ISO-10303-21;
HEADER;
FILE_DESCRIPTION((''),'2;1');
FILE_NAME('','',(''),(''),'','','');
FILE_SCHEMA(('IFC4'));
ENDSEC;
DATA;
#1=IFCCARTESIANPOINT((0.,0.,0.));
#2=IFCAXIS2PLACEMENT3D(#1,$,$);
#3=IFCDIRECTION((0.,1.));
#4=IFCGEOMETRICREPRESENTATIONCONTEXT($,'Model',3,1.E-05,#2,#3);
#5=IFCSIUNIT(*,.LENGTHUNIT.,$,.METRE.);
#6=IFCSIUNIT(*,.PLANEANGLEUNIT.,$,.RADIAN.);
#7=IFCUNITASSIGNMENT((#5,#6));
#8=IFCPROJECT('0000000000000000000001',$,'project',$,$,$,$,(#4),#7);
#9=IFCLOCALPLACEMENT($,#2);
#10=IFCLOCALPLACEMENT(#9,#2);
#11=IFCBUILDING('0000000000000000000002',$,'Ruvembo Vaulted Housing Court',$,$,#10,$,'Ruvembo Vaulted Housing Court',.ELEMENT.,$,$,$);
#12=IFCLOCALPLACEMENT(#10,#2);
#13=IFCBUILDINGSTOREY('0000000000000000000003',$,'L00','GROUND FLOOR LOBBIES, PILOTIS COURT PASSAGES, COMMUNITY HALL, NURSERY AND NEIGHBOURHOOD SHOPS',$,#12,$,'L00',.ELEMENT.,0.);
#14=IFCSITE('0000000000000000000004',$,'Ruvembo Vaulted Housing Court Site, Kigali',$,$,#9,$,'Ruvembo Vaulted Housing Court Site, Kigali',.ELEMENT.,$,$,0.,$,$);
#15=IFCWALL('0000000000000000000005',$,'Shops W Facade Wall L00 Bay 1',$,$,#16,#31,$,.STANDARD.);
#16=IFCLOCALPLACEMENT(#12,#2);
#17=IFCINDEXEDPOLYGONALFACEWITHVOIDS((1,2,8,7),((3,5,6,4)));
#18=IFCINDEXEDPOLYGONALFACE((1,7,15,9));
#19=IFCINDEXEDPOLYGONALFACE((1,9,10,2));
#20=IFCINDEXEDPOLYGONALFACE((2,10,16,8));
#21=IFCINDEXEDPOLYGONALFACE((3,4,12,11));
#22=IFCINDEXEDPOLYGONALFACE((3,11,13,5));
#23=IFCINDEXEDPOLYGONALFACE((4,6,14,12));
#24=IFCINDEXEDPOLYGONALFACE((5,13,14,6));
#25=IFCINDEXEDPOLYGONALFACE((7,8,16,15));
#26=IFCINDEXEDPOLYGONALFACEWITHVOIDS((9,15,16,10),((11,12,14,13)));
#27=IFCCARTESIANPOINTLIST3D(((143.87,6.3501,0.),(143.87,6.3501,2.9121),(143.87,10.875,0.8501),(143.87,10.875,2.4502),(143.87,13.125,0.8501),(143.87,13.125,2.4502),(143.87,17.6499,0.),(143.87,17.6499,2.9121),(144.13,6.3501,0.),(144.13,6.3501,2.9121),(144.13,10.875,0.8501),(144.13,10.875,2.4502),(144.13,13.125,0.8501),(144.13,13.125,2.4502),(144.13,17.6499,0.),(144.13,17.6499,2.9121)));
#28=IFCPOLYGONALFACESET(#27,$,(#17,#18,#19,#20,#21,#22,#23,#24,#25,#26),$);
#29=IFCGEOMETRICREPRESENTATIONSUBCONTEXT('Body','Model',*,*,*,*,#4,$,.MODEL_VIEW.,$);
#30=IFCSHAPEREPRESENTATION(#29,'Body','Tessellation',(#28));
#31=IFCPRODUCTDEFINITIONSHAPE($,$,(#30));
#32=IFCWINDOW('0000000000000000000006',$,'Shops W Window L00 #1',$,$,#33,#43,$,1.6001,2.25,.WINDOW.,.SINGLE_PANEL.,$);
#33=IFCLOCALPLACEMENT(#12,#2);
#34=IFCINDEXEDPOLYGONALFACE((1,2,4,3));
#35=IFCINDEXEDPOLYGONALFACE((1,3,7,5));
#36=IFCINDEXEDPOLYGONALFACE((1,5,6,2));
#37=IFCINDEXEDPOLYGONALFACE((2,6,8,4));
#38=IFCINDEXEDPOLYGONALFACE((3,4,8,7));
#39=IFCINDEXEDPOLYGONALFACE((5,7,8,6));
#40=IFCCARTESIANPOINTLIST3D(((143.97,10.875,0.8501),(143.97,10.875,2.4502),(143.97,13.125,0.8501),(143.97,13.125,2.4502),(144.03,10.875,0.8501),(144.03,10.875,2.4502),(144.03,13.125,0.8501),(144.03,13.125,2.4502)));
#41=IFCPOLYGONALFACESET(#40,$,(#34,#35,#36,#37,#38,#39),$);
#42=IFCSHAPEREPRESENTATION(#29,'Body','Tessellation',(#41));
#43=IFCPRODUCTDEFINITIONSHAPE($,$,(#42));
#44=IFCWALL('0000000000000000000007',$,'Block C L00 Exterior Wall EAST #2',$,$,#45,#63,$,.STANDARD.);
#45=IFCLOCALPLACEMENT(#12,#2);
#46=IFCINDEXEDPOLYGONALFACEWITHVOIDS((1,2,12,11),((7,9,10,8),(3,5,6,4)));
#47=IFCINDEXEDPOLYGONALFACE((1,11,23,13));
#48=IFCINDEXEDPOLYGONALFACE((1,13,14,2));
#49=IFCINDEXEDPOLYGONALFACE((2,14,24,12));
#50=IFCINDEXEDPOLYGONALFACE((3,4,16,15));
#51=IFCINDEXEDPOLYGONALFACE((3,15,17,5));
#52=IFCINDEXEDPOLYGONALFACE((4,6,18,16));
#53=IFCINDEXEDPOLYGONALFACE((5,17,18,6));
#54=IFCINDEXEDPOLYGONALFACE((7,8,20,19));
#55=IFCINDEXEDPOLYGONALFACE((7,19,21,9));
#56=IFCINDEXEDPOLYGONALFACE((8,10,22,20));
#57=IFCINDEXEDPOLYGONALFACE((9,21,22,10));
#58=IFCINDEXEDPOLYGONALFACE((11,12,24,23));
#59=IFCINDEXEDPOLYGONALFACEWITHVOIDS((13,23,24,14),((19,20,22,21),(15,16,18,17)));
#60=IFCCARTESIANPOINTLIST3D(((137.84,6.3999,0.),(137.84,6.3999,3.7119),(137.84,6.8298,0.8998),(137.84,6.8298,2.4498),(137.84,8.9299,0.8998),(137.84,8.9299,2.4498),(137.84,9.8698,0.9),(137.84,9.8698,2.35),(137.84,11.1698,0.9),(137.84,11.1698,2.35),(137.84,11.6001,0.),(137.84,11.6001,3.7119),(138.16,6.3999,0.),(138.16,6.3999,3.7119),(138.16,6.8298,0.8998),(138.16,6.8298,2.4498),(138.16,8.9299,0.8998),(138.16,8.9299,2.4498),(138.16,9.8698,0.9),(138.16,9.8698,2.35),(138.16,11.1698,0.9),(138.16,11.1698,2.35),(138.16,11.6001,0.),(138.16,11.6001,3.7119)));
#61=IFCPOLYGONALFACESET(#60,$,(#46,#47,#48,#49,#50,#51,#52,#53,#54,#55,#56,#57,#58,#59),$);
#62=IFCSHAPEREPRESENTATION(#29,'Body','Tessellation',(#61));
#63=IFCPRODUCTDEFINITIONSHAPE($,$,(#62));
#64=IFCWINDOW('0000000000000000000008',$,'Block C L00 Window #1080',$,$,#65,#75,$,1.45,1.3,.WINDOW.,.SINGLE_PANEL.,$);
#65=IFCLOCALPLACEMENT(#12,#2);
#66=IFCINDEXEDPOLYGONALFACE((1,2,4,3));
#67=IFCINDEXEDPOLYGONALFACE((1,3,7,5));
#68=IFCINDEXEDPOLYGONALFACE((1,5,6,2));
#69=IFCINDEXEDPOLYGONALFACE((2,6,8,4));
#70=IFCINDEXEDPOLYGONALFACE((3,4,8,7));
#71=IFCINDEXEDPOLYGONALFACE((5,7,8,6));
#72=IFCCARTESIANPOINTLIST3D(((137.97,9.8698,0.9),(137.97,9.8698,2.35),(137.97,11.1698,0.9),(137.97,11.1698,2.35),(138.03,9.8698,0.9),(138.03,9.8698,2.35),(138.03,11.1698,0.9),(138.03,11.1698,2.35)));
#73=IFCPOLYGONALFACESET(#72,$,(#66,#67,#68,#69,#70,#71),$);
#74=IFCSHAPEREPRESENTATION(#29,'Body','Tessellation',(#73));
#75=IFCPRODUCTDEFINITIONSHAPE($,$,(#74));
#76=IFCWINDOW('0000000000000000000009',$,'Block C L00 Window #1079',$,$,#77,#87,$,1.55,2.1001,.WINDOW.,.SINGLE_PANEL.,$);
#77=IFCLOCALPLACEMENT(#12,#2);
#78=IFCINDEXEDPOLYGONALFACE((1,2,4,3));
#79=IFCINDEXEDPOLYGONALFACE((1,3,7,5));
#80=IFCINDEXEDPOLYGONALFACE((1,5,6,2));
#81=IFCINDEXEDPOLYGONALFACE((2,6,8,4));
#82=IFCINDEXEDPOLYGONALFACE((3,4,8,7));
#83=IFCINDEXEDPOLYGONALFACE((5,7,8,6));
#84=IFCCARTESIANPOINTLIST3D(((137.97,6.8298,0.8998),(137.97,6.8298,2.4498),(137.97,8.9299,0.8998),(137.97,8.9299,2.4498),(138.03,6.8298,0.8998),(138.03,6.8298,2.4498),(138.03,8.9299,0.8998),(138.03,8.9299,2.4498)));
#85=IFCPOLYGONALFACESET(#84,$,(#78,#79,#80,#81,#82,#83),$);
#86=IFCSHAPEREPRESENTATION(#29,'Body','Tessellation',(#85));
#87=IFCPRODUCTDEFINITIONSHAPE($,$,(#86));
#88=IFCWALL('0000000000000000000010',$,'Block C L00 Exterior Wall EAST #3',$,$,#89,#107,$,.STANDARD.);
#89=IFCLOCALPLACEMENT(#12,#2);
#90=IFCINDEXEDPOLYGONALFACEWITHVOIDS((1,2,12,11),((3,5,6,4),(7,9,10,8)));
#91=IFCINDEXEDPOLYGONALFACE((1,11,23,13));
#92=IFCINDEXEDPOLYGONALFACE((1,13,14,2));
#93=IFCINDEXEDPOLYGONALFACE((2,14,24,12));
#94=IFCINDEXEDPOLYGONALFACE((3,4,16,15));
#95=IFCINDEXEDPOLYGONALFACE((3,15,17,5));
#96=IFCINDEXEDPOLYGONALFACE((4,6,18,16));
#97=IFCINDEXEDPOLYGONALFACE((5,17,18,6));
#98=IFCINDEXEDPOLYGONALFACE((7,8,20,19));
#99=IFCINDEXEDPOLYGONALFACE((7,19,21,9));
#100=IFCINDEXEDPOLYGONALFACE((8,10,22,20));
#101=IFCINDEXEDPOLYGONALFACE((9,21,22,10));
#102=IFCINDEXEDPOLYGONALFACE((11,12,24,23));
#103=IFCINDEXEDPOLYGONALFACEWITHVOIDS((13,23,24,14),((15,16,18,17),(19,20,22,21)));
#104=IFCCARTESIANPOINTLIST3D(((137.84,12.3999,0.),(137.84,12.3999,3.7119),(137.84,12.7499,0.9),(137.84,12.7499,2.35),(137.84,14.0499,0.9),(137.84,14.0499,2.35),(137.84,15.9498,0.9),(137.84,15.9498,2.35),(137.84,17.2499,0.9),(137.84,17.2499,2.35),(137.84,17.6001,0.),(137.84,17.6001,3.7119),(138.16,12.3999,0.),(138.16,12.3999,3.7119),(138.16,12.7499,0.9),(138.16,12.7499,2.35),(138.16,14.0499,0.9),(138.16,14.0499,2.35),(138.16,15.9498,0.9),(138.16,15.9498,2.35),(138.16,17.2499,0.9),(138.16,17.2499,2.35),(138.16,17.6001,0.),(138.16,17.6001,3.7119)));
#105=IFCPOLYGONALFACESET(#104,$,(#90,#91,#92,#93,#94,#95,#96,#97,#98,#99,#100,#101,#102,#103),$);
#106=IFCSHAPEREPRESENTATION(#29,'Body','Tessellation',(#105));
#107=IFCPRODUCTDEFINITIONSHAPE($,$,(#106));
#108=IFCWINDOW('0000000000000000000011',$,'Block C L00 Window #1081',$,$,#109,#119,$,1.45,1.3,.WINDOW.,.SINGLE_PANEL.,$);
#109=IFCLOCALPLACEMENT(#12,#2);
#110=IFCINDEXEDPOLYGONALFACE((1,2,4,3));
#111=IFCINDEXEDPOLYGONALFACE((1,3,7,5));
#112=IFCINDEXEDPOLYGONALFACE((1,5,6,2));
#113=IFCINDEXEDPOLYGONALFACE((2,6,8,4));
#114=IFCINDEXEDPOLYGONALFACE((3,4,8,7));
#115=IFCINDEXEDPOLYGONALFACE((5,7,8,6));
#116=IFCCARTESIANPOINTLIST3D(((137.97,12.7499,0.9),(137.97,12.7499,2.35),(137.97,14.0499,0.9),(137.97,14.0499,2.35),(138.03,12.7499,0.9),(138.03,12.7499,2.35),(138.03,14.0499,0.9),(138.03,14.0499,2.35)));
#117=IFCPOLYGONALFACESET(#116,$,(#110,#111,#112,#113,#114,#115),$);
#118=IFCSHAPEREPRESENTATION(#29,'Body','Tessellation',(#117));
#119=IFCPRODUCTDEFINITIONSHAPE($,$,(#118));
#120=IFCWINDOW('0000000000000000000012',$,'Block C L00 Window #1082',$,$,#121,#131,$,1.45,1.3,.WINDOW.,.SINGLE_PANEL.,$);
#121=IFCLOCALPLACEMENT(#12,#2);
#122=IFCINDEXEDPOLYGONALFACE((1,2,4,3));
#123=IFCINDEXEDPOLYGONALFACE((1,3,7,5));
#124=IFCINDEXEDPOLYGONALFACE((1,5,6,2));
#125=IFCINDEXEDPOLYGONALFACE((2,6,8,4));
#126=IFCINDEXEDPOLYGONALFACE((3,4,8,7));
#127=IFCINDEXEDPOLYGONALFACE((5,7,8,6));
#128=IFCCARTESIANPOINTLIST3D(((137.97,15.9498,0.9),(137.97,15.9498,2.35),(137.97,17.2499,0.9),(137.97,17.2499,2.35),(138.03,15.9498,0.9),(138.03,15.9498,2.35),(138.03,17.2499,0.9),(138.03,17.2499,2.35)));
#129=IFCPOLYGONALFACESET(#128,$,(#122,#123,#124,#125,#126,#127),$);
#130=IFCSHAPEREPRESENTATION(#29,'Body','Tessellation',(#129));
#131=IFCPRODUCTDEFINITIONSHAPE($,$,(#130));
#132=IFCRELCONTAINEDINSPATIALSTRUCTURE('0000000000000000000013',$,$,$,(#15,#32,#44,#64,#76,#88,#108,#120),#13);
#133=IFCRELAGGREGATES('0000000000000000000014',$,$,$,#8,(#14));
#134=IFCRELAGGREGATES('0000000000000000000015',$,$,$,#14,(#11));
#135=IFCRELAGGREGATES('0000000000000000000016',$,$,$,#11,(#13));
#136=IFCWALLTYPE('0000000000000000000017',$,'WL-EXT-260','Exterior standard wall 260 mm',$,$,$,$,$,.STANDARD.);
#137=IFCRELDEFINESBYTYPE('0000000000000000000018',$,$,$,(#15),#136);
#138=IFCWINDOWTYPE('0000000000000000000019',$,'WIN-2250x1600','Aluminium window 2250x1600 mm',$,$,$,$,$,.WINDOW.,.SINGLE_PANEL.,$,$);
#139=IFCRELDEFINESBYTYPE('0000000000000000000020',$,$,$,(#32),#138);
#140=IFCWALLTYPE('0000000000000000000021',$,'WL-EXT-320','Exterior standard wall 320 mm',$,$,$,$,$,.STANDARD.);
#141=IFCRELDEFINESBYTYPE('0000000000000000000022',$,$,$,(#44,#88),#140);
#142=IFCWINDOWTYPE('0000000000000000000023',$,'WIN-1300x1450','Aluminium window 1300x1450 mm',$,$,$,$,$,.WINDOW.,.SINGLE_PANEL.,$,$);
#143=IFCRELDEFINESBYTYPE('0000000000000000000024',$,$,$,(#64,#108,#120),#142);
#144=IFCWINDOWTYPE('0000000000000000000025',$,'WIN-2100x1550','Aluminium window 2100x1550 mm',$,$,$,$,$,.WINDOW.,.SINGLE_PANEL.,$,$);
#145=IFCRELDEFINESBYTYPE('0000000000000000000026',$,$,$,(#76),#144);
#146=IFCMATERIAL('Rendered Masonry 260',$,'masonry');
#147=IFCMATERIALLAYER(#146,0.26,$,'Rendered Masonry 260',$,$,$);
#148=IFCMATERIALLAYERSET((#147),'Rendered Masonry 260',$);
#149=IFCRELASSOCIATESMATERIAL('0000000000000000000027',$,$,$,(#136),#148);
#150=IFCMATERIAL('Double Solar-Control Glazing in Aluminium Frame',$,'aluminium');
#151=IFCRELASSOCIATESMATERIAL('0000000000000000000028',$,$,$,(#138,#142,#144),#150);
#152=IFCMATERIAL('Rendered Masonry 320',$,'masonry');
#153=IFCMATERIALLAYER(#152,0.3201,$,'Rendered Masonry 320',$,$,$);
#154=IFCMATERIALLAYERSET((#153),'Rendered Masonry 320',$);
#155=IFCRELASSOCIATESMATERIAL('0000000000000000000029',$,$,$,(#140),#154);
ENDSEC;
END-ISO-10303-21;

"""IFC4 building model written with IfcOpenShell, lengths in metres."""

from ifc_helpers import new_model, si_unit, direction, frame, frame_2d, origin, place, context, subcontext, project, spatial, rectangle, extrude, material, layer, layer_set, type_object, element, fill, save


model = new_model("IFC4")

# Units and contexts
model_context = context("Model", 3, precision=1e-05, world=origin(), true_north=direction((0.0, 1.0)))
body_context = subcontext(model_context, "Body", "Model", "MODEL_VIEW")
ifc_project = project(units=[si_unit("LENGTHUNIT", "METRE"), si_unit("PLANEANGLEUNIT", "RADIAN")], contexts=[model_context])

# Site, building, storey
site_placement = place(None, origin())
site = spatial("IfcSite", under=ifc_project, at=site_placement, Name="Ruvembo Vaulted Housing Court Site, Kigali", LongName="Ruvembo Vaulted Housing Court Site, Kigali", CompositionType="ELEMENT", RefElevation=0.0)
building_placement = place(site_placement, origin())
building = spatial("IfcBuilding", under=site, at=building_placement, Name="Ruvembo Vaulted Housing Court", LongName="Ruvembo Vaulted Housing Court", CompositionType="ELEMENT")
storey_placement = place(building_placement, origin())
storey = spatial("IfcBuildingStorey", under=building, at=storey_placement, Name="L00", Description="GROUND FLOOR LOBBIES, PILOTIS COURT PASSAGES, COMMUNITY HALL, NURSERY AND NEIGHBOURHOOD SHOPS", LongName="L00", CompositionType="ELEMENT", Elevation=0.0)

# Wall, opening, window
ifc_material_1 = material(Name="Rendered Masonry 260", Category="masonry")
ifc_layer_1 = layer(ifc_material_1, 0.26, Name="Rendered Masonry 260")
ifc_layer_set_1 = layer_set([ifc_layer_1], Name="Rendered Masonry 260")
wall_type_1 = type_object("IfcWallType", Name="WL-EXT-260", Description="Exterior standard wall 260 mm", PredefinedType="STANDARD", material=ifc_layer_set_1)
wall_1_placement = place(storey_placement, frame((144.0, 17.6499, 0.0), z_axis=(0.0, 0.0, 1.0), x_axis=(0.0, -1.0, 0.0)))
wall_1 = element("IfcWall", 1, at=wall_1_placement, inside=storey, type_object=wall_type_1, Name="Shops W Facade Wall L00 Bay 1", PredefinedType="STANDARD", context=body_context, shape_type="SweptSolid", body=[
    extrude(rectangle(XDim=11.2998, YDim=0.26, at=frame_2d((5.6499, 0.0))), origin(), (0.0, 0.0, 1.0), 2.9121),
])
opening_1_placement = place(wall_1_placement, frame((4.5249, 0.0, 0.8501)))
opening_1 = element("IfcOpeningElement", 2, at=opening_1_placement, cuts=wall_1, PredefinedType="OPENING", context=body_context, shape_type="SweptSolid", body=[
    extrude(rectangle(XDim=2.25, YDim=1.6001, at=frame_2d((1.125, 0.8))), frame((0.0, 0.1399, 0.0), z_axis=(0.0, -1.0, 0.0), x_axis=(1.0, 0.0, 0.0)), (0.0, 0.0, 1.0), 0.28),
])
ifc_material_2 = material(Name="Double Solar-Control Glazing in Aluminium Frame", Category="aluminium")
window_type_1 = type_object("IfcWindowType", Name="WIN-2250x1600", Description="Aluminium window 2250x1600 mm", PartitioningType="SINGLE_PANEL", PredefinedType="WINDOW", material=ifc_material_2)
window_1_placement = place(opening_1_placement, origin())
window_1 = element("IfcWindow", 3, at=window_1_placement, inside=storey, type_object=window_type_1, Name="Shops W Window L00 #1", OverallHeight=1.6001, OverallWidth=2.25, PartitioningType="SINGLE_PANEL", PredefinedType="WINDOW", context=body_context, shape_type="SweptSolid", body=[
    extrude(rectangle(XDim=2.25, YDim=1.6001, at=frame_2d((1.125, 0.8))), frame((0.0, 0.03, 0.0), z_axis=(0.0, -1.0, 0.0), x_axis=(1.0, 0.0, 0.0)), (0.0, 0.0, 1.0), 0.0601),
])
fill(opening_1, window_1)

# Walls, openings, windows
ifc_material_3 = material(Name="Rendered Masonry 320", Category="masonry")
ifc_layer_2 = layer(ifc_material_3, 0.3201, Name="Rendered Masonry 320")
ifc_layer_set_2 = layer_set([ifc_layer_2], Name="Rendered Masonry 320")
wall_type_2 = type_object("IfcWallType", Name="WL-EXT-320", Description="Exterior standard wall 320 mm", PredefinedType="STANDARD", material=ifc_layer_set_2)
wall_2_placement = place(storey_placement, frame((138.0, 6.3999, 0.0), z_axis=(0.0, 0.0, 1.0), x_axis=(0.0, 1.0, 0.0)))
wall_2 = element("IfcWall", 4, at=wall_2_placement, inside=storey, type_object=wall_type_2, Name="Block C L00 Exterior Wall EAST #2", PredefinedType="STANDARD", context=body_context, shape_type="SweptSolid", body=[
    extrude(rectangle(XDim=5.2002, YDim=0.3201, at=frame_2d((2.6001, 0.0))), origin(), (0.0, 0.0, 1.0), 3.7119),
])
opening_2_placement = place(wall_2_placement, frame((0.4299, 0.0, 0.8999)))
opening_2 = element("IfcOpeningElement", 5, at=opening_2_placement, cuts=wall_2, PredefinedType="OPENING", context=body_context, shape_type="SweptSolid", body=[
    extrude(rectangle(XDim=2.1001, YDim=1.55, at=frame_2d((1.05, 0.7749))), frame((0.0, 0.1699, 0.0), z_axis=(0.0, -1.0, 0.0), x_axis=(1.0, 0.0, 0.0)), (0.0, 0.0, 1.0), 0.3401),
])
opening_3_placement = place(wall_2_placement, frame((3.47, 0.0, 0.8999)))
opening_3 = element("IfcOpeningElement", 6, at=opening_3_placement, cuts=wall_2, PredefinedType="OPENING", context=body_context, shape_type="SweptSolid", body=[
    extrude(rectangle(XDim=1.3, YDim=1.45, at=frame_2d((0.6499, 0.7251))), frame((0.0, 0.1699, 0.0), z_axis=(0.0, -1.0, 0.0), x_axis=(1.0, 0.0, 0.0)), (0.0, 0.0, 1.0), 0.3401),
])
window_type_2 = type_object("IfcWindowType", Name="WIN-1300x1450", Description="Aluminium window 1300x1450 mm", PartitioningType="SINGLE_PANEL", PredefinedType="WINDOW", material=ifc_material_2)
window_2_placement = place(opening_3_placement, origin())
window_2 = element("IfcWindow", 7, at=window_2_placement, inside=storey, type_object=window_type_2, Name="Block C L00 Window #1080", OverallHeight=1.45, OverallWidth=1.3, PartitioningType="SINGLE_PANEL", PredefinedType="WINDOW", context=body_context, shape_type="SweptSolid", body=[
    extrude(rectangle(XDim=1.3, YDim=1.45, at=frame_2d((0.6499, 0.7251))), frame((0.0, 0.03, 0.0), z_axis=(0.0, -1.0, 0.0), x_axis=(1.0, 0.0, 0.0)), (0.0, 0.0, 1.0), 0.0601),
])
fill(opening_3, window_2)
window_type_3 = type_object("IfcWindowType", Name="WIN-2100x1550", Description="Aluminium window 2100x1550 mm", PartitioningType="SINGLE_PANEL", PredefinedType="WINDOW", material=ifc_material_2)
window_3_placement = place(opening_2_placement, origin())
window_3 = element("IfcWindow", 8, at=window_3_placement, inside=storey, type_object=window_type_3, Name="Block C L00 Window #1079", OverallHeight=1.55, OverallWidth=2.1001, PartitioningType="SINGLE_PANEL", PredefinedType="WINDOW", context=body_context, shape_type="SweptSolid", body=[
    extrude(rectangle(XDim=2.1001, YDim=1.55, at=frame_2d((1.05, 0.7749))), frame((0.0, 0.03, 0.0), z_axis=(0.0, -1.0, 0.0), x_axis=(1.0, 0.0, 0.0)), (0.0, 0.0, 1.0), 0.0601),
])
fill(opening_2, window_3)
wall_3_placement = place(storey_placement, frame((138.0, 12.3999, 0.0), z_axis=(0.0, 0.0, 1.0), x_axis=(0.0, 1.0, 0.0)))
wall_3 = element("IfcWall", 9, at=wall_3_placement, inside=storey, type_object=wall_type_2, Name="Block C L00 Exterior Wall EAST #3", PredefinedType="STANDARD", context=body_context, shape_type="SweptSolid", body=[
    extrude(rectangle(XDim=5.2002, YDim=0.3201, at=frame_2d((2.6001, 0.0))), origin(), (0.0, 0.0, 1.0), 3.7119),
])
opening_4_placement = place(wall_3_placement, frame((0.3501, 0.0, 0.8999)))
opening_4 = element("IfcOpeningElement", 10, at=opening_4_placement, cuts=wall_3, PredefinedType="OPENING", context=body_context, shape_type="SweptSolid", body=[
    extrude(rectangle(XDim=1.3, YDim=1.45, at=frame_2d((0.6499, 0.7251))), frame((0.0, 0.1699, 0.0), z_axis=(0.0, -1.0, 0.0), x_axis=(1.0, 0.0, 0.0)), (0.0, 0.0, 1.0), 0.3401),
])
opening_5_placement = place(wall_3_placement, frame((3.55, 0.0, 0.8999)))
opening_5 = element("IfcOpeningElement", 11, at=opening_5_placement, cuts=wall_3, PredefinedType="OPENING", context=body_context, shape_type="SweptSolid", body=[
    extrude(rectangle(XDim=1.3, YDim=1.45, at=frame_2d((0.6499, 0.7251))), frame((0.0, 0.1699, 0.0), z_axis=(0.0, -1.0, 0.0), x_axis=(1.0, 0.0, 0.0)), (0.0, 0.0, 1.0), 0.3401),
])
window_4_placement = place(opening_4_placement, origin())
window_4 = element("IfcWindow", 12, at=window_4_placement, inside=storey, type_object=window_type_2, Name="Block C L00 Window #1081", OverallHeight=1.45, OverallWidth=1.3, PartitioningType="SINGLE_PANEL", PredefinedType="WINDOW", context=body_context, shape_type="SweptSolid", body=[
    extrude(rectangle(XDim=1.3, YDim=1.45, at=frame_2d((0.6499, 0.7251))), frame((0.0, 0.03, 0.0), z_axis=(0.0, -1.0, 0.0), x_axis=(1.0, 0.0, 0.0)), (0.0, 0.0, 1.0), 0.0601),
])
fill(opening_4, window_4)
window_5_placement = place(opening_5_placement, origin())
window_5 = element("IfcWindow", 13, at=window_5_placement, inside=storey, type_object=window_type_2, Name="Block C L00 Window #1082", OverallHeight=1.45, OverallWidth=1.3, PartitioningType="SINGLE_PANEL", PredefinedType="WINDOW", context=body_context, shape_type="SweptSolid", body=[
    extrude(rectangle(XDim=1.3, YDim=1.45, at=frame_2d((0.6499, 0.7251))), frame((0.0, 0.03, 0.0), z_axis=(0.0, -1.0, 0.0), x_axis=(1.0, 0.0, 0.0)), (0.0, 0.0, 1.0), 0.0601),
])
fill(opening_5, window_5)

save(model, "model.ifc")
